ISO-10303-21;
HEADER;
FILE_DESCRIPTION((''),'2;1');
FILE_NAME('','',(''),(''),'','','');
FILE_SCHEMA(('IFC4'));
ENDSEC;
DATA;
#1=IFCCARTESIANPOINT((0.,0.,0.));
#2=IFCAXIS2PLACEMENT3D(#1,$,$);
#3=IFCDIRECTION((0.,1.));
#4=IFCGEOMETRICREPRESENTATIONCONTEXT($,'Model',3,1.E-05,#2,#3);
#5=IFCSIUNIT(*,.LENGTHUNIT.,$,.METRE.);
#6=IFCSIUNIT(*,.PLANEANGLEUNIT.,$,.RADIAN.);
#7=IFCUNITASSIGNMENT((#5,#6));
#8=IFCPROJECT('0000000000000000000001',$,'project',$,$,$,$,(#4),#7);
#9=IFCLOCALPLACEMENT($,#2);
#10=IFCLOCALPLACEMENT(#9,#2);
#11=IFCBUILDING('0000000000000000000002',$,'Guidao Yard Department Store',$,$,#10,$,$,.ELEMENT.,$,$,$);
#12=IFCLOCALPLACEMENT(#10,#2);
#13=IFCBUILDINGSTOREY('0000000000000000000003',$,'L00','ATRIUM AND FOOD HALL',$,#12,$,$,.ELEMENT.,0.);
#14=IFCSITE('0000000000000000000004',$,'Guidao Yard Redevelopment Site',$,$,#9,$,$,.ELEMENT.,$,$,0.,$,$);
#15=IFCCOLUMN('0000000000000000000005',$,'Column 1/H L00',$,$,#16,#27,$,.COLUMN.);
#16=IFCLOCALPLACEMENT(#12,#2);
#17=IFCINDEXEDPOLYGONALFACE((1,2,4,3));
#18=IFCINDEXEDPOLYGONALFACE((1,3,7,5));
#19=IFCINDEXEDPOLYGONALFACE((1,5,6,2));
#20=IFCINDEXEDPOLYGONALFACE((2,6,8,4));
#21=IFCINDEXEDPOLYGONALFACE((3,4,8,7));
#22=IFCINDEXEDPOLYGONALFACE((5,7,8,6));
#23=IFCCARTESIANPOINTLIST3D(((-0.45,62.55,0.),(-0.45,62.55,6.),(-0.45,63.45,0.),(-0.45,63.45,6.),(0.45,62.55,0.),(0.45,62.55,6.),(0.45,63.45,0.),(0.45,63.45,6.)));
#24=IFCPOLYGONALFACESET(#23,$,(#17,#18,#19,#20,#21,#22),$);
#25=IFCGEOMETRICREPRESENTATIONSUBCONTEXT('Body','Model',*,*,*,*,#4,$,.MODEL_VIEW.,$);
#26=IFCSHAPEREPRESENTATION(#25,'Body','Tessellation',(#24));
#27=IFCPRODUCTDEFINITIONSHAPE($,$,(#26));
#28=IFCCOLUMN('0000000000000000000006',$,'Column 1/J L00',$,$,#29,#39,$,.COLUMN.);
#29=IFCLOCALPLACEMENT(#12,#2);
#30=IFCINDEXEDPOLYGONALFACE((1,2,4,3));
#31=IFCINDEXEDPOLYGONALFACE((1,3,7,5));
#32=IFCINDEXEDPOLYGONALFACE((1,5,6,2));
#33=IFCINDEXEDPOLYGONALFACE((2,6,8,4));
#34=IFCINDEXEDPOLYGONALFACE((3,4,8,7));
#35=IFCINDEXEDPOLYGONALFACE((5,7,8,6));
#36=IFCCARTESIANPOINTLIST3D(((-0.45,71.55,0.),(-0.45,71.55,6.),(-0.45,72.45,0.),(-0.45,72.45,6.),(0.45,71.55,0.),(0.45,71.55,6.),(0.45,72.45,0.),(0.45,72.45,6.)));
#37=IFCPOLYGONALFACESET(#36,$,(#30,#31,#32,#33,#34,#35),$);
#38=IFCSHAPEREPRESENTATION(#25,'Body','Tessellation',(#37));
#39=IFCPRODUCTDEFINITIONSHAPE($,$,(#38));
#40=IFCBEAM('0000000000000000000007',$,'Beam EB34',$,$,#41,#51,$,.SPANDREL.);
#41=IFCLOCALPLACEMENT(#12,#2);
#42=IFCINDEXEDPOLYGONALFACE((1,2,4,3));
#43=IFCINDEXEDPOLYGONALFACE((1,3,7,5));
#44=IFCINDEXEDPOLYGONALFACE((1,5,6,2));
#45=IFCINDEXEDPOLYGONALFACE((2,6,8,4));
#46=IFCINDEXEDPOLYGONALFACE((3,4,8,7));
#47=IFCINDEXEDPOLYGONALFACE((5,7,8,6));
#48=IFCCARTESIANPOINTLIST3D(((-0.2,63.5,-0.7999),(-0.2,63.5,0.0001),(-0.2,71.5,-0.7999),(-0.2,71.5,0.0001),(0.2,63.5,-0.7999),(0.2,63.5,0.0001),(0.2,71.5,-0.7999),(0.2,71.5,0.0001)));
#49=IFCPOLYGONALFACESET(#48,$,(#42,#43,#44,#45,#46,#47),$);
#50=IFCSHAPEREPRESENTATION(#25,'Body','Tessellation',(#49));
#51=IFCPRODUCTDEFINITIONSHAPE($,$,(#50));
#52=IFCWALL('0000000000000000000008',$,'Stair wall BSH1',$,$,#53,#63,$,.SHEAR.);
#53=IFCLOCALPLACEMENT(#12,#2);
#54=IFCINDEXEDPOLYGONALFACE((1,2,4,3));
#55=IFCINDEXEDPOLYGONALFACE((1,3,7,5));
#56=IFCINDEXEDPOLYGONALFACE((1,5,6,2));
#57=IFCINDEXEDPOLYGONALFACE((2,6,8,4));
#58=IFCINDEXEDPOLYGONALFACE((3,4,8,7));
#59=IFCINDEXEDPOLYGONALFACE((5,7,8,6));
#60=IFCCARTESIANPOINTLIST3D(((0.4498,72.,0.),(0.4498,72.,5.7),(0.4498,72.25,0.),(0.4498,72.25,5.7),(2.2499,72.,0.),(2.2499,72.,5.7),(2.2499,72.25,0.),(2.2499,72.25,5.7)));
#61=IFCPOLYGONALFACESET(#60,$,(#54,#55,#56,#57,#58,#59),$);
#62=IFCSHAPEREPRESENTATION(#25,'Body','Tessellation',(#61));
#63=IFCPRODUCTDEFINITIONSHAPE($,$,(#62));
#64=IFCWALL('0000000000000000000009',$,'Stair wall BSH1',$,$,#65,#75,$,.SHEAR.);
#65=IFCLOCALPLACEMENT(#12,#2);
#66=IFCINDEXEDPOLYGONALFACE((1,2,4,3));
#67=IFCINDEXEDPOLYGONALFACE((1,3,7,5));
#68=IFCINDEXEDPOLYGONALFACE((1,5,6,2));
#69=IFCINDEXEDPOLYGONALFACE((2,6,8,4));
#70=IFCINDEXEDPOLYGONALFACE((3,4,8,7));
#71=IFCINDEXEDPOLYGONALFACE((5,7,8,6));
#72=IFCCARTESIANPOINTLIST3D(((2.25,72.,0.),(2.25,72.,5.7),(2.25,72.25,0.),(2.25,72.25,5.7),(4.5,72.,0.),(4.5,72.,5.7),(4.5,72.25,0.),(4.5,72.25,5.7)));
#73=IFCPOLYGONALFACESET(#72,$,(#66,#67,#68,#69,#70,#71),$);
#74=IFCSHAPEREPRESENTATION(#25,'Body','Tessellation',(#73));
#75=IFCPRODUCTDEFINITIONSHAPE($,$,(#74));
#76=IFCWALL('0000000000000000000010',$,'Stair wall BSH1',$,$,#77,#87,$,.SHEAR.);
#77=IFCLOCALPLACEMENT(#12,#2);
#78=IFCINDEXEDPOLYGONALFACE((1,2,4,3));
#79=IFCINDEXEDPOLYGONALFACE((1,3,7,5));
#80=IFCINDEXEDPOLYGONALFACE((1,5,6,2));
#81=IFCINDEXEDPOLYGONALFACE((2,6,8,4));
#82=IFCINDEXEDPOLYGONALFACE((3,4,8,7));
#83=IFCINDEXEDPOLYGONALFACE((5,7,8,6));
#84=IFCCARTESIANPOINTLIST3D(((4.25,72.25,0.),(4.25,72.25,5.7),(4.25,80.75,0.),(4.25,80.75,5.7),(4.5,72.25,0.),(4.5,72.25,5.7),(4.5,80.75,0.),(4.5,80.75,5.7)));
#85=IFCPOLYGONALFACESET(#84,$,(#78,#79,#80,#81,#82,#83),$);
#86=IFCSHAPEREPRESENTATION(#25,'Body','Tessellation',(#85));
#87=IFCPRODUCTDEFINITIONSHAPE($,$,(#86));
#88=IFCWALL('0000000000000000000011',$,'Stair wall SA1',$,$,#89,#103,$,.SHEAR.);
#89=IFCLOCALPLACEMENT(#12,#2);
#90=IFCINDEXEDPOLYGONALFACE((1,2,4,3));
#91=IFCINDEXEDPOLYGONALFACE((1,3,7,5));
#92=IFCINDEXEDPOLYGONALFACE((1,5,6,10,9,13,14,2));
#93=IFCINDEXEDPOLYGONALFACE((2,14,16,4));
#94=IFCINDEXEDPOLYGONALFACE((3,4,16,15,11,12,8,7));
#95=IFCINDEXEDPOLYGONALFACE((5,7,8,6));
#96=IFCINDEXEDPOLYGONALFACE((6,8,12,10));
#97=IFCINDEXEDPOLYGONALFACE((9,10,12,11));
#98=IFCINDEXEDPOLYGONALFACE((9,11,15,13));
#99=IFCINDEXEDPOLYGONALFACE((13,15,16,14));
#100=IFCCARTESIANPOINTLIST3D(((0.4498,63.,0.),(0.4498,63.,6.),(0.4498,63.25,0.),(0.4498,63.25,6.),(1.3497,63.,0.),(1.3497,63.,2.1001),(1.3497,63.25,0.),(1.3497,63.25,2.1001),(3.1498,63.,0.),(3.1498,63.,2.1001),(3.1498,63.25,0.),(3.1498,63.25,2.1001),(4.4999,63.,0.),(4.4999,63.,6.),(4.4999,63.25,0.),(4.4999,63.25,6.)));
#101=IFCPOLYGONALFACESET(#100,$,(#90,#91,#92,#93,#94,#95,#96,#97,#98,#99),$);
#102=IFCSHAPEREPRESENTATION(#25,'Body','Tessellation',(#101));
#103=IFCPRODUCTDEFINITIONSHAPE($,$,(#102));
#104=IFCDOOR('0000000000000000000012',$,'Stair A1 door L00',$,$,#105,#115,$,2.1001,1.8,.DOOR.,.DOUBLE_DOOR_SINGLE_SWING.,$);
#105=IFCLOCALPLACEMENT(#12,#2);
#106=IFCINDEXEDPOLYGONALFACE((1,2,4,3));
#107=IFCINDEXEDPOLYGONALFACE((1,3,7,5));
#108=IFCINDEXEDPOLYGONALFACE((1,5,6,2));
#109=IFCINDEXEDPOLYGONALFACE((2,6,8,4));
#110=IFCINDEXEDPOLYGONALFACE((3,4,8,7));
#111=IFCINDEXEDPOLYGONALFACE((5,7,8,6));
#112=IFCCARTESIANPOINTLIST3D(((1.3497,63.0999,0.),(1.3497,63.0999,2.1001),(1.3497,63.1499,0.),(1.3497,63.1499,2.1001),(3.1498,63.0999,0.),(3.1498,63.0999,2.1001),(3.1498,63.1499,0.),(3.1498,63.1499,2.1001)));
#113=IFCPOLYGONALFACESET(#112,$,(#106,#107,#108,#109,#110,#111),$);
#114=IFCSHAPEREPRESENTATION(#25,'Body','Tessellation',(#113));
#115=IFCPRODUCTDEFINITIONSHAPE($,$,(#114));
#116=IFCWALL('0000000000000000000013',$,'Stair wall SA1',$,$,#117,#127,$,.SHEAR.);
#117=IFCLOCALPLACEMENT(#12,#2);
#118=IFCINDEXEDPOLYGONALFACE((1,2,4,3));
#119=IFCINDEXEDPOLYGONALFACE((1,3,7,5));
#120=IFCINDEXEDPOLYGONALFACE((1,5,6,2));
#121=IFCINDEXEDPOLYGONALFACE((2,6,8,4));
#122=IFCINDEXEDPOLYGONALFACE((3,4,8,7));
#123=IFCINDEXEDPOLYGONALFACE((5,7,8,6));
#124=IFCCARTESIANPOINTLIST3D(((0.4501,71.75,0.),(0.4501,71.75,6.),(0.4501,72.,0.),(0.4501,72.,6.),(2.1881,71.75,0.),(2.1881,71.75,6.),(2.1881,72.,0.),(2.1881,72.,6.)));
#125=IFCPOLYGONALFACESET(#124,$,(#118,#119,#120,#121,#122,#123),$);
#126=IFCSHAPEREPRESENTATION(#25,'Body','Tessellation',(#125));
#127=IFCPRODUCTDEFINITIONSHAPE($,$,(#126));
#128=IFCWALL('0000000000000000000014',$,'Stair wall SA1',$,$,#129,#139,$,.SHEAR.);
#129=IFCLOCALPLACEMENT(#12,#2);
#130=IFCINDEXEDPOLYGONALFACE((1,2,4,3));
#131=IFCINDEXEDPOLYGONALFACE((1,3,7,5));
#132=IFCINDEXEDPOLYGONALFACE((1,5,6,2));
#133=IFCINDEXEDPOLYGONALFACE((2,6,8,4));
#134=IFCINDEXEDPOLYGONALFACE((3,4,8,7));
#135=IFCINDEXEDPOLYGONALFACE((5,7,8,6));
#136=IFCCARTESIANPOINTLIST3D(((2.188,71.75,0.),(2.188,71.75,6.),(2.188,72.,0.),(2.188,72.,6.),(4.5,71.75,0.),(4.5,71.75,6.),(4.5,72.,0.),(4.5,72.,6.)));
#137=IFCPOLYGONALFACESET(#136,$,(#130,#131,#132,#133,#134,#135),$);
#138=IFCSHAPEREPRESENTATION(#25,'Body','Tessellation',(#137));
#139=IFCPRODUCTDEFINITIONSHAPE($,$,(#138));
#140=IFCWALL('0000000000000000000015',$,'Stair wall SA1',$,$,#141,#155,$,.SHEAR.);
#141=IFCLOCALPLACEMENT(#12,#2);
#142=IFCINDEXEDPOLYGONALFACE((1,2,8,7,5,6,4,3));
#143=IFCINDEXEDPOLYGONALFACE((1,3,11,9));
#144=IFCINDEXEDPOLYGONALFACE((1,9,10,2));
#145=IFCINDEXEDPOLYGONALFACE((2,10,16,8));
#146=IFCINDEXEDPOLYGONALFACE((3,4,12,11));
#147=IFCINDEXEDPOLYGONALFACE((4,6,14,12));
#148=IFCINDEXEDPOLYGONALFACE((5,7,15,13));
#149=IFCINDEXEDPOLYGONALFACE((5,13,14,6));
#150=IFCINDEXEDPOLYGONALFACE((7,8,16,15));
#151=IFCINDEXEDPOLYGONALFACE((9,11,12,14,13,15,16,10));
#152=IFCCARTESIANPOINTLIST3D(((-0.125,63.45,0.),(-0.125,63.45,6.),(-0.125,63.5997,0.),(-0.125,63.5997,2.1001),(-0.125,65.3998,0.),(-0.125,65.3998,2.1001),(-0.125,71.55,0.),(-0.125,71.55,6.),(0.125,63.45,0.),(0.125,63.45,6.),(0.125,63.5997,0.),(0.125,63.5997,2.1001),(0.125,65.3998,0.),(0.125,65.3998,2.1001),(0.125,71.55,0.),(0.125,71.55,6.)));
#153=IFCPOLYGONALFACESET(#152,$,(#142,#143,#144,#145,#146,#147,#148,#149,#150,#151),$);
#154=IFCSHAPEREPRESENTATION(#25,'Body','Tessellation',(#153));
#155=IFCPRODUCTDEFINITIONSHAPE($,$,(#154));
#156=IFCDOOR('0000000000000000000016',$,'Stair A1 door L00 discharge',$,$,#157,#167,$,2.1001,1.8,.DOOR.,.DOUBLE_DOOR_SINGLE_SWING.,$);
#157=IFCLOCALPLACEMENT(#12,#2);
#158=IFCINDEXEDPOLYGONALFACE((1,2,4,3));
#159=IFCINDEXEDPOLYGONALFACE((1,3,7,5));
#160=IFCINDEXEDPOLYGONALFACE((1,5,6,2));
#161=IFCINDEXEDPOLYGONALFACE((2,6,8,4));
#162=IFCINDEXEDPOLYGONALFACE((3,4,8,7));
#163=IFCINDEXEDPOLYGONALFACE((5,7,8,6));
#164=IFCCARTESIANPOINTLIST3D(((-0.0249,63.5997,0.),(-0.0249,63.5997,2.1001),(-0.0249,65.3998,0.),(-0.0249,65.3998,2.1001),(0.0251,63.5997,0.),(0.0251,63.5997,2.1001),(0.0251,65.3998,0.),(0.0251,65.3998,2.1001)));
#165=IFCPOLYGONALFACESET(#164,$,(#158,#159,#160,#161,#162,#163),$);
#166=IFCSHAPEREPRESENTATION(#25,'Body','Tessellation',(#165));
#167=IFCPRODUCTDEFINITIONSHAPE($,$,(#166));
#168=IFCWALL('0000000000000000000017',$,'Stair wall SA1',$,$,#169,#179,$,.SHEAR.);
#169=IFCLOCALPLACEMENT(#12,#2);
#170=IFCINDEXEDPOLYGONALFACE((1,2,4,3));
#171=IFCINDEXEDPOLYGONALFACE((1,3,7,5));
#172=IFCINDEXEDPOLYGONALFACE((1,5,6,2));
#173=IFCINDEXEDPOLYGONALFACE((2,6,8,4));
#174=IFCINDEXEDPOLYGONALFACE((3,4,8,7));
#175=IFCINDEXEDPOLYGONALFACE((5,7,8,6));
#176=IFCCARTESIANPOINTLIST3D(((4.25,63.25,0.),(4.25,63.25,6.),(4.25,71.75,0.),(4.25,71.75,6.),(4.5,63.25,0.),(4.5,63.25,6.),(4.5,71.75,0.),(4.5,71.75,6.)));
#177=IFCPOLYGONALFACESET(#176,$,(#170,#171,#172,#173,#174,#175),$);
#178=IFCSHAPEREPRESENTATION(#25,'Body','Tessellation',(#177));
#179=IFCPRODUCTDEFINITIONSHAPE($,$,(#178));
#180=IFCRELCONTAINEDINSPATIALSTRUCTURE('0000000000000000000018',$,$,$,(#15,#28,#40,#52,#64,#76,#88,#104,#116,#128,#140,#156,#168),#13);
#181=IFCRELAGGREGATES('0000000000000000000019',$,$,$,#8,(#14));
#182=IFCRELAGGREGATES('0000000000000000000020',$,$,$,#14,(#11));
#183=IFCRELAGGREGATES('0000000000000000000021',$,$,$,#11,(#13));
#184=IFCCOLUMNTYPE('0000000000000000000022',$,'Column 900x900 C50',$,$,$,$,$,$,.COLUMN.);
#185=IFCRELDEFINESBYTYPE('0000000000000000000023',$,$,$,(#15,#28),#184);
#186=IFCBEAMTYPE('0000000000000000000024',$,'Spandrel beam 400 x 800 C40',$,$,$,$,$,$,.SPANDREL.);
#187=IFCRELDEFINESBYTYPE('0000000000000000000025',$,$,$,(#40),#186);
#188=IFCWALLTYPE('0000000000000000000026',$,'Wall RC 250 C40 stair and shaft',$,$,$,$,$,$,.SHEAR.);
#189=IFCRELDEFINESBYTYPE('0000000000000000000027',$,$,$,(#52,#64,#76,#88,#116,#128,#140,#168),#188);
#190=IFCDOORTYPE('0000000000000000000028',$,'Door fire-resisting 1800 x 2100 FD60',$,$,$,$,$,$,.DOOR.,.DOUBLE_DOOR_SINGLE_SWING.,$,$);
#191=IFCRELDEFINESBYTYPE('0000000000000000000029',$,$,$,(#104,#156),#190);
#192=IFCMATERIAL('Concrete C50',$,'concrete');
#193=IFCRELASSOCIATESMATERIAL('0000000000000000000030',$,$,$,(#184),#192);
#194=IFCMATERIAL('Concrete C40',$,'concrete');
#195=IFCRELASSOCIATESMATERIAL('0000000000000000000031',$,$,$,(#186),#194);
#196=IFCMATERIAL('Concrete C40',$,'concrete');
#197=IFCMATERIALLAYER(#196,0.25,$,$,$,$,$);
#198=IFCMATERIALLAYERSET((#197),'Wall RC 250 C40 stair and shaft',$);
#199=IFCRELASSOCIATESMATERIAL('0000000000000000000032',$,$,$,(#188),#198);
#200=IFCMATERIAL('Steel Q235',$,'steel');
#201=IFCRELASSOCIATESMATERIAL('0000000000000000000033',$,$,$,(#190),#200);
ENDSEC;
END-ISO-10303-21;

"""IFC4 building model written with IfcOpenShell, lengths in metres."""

from ifc_helpers import new_model, si_unit, direction, frame, frame_2d, origin, origin_2d, place, context, subcontext, project, spatial, rectangle, extrude, material, layer, layer_set, material_profile, profile_set, type_object, element, fill, save


model = new_model("IFC4")

# Units and contexts
model_context = context("Model", 3, precision=1e-05, world=origin(), true_north=direction((0.0, 1.0)))
body_context = subcontext(model_context, "Body", "Model", "MODEL_VIEW")
ifc_project = project(units=[si_unit("LENGTHUNIT", "METRE"), si_unit("PLANEANGLEUNIT", "RADIAN")], contexts=[model_context])

# Site, building, storey
site_placement = place(None, origin())
site = spatial("IfcSite", under=ifc_project, at=site_placement, Name="Guidao Yard Redevelopment Site", CompositionType="ELEMENT", RefElevation=0.0)
building_placement = place(site_placement, origin())
building = spatial("IfcBuilding", under=site, at=building_placement, Name="Guidao Yard Department Store", CompositionType="ELEMENT")
storey_placement = place(building_placement, origin())
storey = spatial("IfcBuildingStorey", under=building, at=storey_placement, Name="L00", Description="ATRIUM AND FOOD HALL", CompositionType="ELEMENT", Elevation=0.0)

# Columns
ifc_material_1 = material(Name="Concrete C50", Category="concrete")
ifc_material_profile_1 = material_profile(ifc_material_1, rectangle(XDim=0.8999, YDim=0.8999, at=origin_2d()), Name="COL 900x900")
ifc_profile_set_1 = profile_set([ifc_material_profile_1], Name="Concrete C50")
column_type = type_object("IfcColumnType", Name="Column 900x900 C50", PredefinedType="COLUMN", material=ifc_profile_set_1)
for number, where, z_axis, x_axis, name in (
    (1, (0.0, 63.0, 0.0), (0.0, 0.0, 1.0), (1.0, 0.0, 0.0), "Column 1/H L00"),
    (2, (0.0, 72.0, 0.0), (0.0, 0.0, 1.0), (1.0, 0.0, 0.0), "Column 1/J L00"),
):
    element("IfcColumn", number, at=place(storey_placement, frame(where, z_axis=z_axis, x_axis=x_axis)), inside=storey, type_object=column_type, Name=name, PredefinedType="COLUMN", context=body_context, shape_type="SweptSolid", body=[
        extrude(rectangle(XDim=0.8999, YDim=0.8999, at=origin_2d()), origin(), (0.0, 0.0, 1.0), 6.0),
    ])

# Beam
ifc_material_2 = material(Name="Concrete C40", Category="concrete")
ifc_material_profile_2 = material_profile(ifc_material_2, rectangle(XDim=0.3999, YDim=0.8, at=origin_2d()), Name="Spandrel beam 400 x 800 C40")
ifc_profile_set_2 = profile_set([ifc_material_profile_2], Name="Concrete C40")
beam_type = type_object("IfcBeamType", Name="Spandrel beam 400 x 800 C40", PredefinedType="SPANDREL", material=ifc_profile_set_2)
beam_placement = place(storey_placement, frame((0.0, 63.5, -0.3999), z_axis=(0.0, 1.0, 0.0), x_axis=(-1.0, 0.0, 0.0)))
element("IfcBeam", 3, at=beam_placement, inside=storey, type_object=beam_type, Name="Beam EB34", PredefinedType="SPANDREL", context=body_context, shape_type="SweptSolid", body=[
    extrude(rectangle(XDim=0.3999, YDim=0.8, at=origin_2d()), origin(), (0.0, 0.0, 1.0), 8.0),
])

# Walls
ifc_material_3 = material(Name="Concrete C40", Category="concrete")
ifc_layer_1 = layer(ifc_material_3, 0.25)
ifc_layer_set_1 = layer_set([ifc_layer_1], Name="Wall RC 250 C40 stair and shaft")
wall_type = type_object("IfcWallType", Name="Wall RC 250 C40 stair and shaft", PredefinedType="SHEAR", material=ifc_layer_set_1)
wall_1_placement = place(storey_placement, frame((0.45, 72.125, 0.0), z_axis=(0.0, 0.0, 1.0), x_axis=(1.0, 0.0, 0.0)))
element("IfcWall", 4, at=wall_1_placement, inside=storey, type_object=wall_type, Name="Stair wall BSH1", PredefinedType="SHEAR", context=body_context, shape_type="SweptSolid", body=[
    extrude(rectangle(XDim=1.8, YDim=0.25, at=frame_2d((0.8999, 0.0))), origin(), (0.0, 0.0, 1.0), 5.7),
])
wall_2_placement = place(storey_placement, frame((2.25, 72.125, 0.0), z_axis=(0.0, 0.0, 1.0), x_axis=(1.0, 0.0, 0.0)))
element("IfcWall", 5, at=wall_2_placement, inside=storey, type_object=wall_type, Name="Stair wall BSH1", PredefinedType="SHEAR", context=body_context, shape_type="SweptSolid", body=[
    extrude(rectangle(XDim=2.25, YDim=0.25, at=frame_2d((1.125, 0.0))), origin(), (0.0, 0.0, 1.0), 5.7),
])
wall_3_placement = place(storey_placement, frame((4.375, 72.25, 0.0), z_axis=(0.0, 0.0, 1.0), x_axis=(0.0, 1.0, 0.0)))
element("IfcWall", 6, at=wall_3_placement, inside=storey, type_object=wall_type, Name="Stair wall BSH1", PredefinedType="SHEAR", context=body_context, shape_type="SweptSolid", body=[
    extrude(rectangle(XDim=8.5, YDim=0.25, at=frame_2d((4.25, 0.0))), origin(), (0.0, 0.0, 1.0), 5.7),
])

# Wall, opening, door
wall_4_placement = place(storey_placement, frame((0.45, 63.125, 0.0), z_axis=(0.0, 0.0, 1.0), x_axis=(1.0, 0.0, 0.0)))
wall_4 = element("IfcWall", 7, at=wall_4_placement, inside=storey, type_object=wall_type, Name="Stair wall SA1", PredefinedType="SHEAR", context=body_context, shape_type="SweptSolid", body=[
    extrude(rectangle(XDim=4.05, YDim=0.25, at=frame_2d((2.0249, 0.0))), origin(), (0.0, 0.0, 1.0), 6.0),
])
opening_1_placement = place(wall_4_placement, frame((0.8999, 0.0, 0.0)))
opening_1 = element("IfcOpeningElement", 8, at=opening_1_placement, cuts=wall_4, PredefinedType="OPENING", context=body_context, shape_type="SweptSolid", body=[
    extrude(rectangle(XDim=1.8, YDim=2.1001, at=frame_2d((0.8999, 1.05))), frame((0.0, 0.135, 0.0), z_axis=(0.0, -1.0, 0.0), x_axis=(1.0, 0.0, 0.0)), (0.0, 0.0, 1.0), 0.27),
])
ifc_material_4 = material(Name="Steel Q235", Category="steel")
door_type = type_object("IfcDoorType", Name="Door fire-resisting 1800 x 2100 FD60", OperationType="DOUBLE_DOOR_SINGLE_SWING", PredefinedType="DOOR", material=ifc_material_4)
door_1_placement = place(opening_1_placement, origin())
door_1 = element("IfcDoor", 9, at=door_1_placement, inside=storey, type_object=door_type, Name="Stair A1 door L00", OperationType="DOUBLE_DOOR_SINGLE_SWING", OverallHeight=2.1001, OverallWidth=1.8, PredefinedType="DOOR", context=body_context, shape_type="SweptSolid", body=[
    extrude(rectangle(XDim=1.8, YDim=2.1001, at=frame_2d((0.8999, 1.05))), frame((0.0, 0.0249, 0.0), z_axis=(0.0, -1.0, 0.0), x_axis=(1.0, 0.0, 0.0)), (0.0, 0.0, 1.0), 0.05),
])
fill(opening_1, door_1)

# Walls
wall_5_placement = place(storey_placement, frame((0.45, 71.875, 0.0), z_axis=(0.0, 0.0, 1.0), x_axis=(1.0, 0.0, 0.0)))
element("IfcWall", 10, at=wall_5_placement, inside=storey, type_object=wall_type, Name="Stair wall SA1", PredefinedType="SHEAR", context=body_context, shape_type="SweptSolid", body=[
    extrude(rectangle(XDim=1.738, YDim=0.25, at=frame_2d((0.8691, 0.0))), origin(), (0.0, 0.0, 1.0), 6.0),
])
wall_6_placement = place(storey_placement, frame((2.188, 71.875, 0.0), z_axis=(0.0, 0.0, 1.0), x_axis=(1.0, 0.0, 0.0)))
element("IfcWall", 11, at=wall_6_placement, inside=storey, type_object=wall_type, Name="Stair wall SA1", PredefinedType="SHEAR", context=body_context, shape_type="SweptSolid", body=[
    extrude(rectangle(XDim=2.312, YDim=0.25, at=frame_2d((1.156, 0.0))), origin(), (0.0, 0.0, 1.0), 6.0),
])

# Wall, opening, door
wall_7_placement = place(storey_placement, frame((0.0, 63.45, 0.0), z_axis=(0.0, 0.0, 1.0), x_axis=(0.0, 1.0, 0.0)))
wall_7 = element("IfcWall", 12, at=wall_7_placement, inside=storey, type_object=wall_type, Name="Stair wall SA1", PredefinedType="SHEAR", context=body_context, shape_type="SweptSolid", body=[
    extrude(rectangle(XDim=8.1001, YDim=0.25, at=frame_2d((4.05, 0.0))), origin(), (0.0, 0.0, 1.0), 6.0),
])
opening_2_placement = place(wall_7_placement, frame((0.1499, 0.0, 0.0)))
opening_2 = element("IfcOpeningElement", 13, at=opening_2_placement, cuts=wall_7, PredefinedType="OPENING", context=body_context, shape_type="SweptSolid", body=[
    extrude(rectangle(XDim=1.8, YDim=2.1001, at=frame_2d((0.8999, 1.05))), frame((0.0, 0.135, 0.0), z_axis=(0.0, -1.0, 0.0), x_axis=(1.0, 0.0, 0.0)), (0.0, 0.0, 1.0), 0.27),
])
door_2_placement = place(opening_2_placement, origin())
door_2 = element("IfcDoor", 14, at=door_2_placement, inside=storey, type_object=door_type, Name="Stair A1 door L00 discharge", OperationType="DOUBLE_DOOR_SINGLE_SWING", OverallHeight=2.1001, OverallWidth=1.8, PredefinedType="DOOR", context=body_context, shape_type="SweptSolid", body=[
    extrude(rectangle(XDim=1.8, YDim=2.1001, at=frame_2d((0.8999, 1.05))), frame((0.0, 0.0249, 0.0), z_axis=(0.0, -1.0, 0.0), x_axis=(1.0, 0.0, 0.0)), (0.0, 0.0, 1.0), 0.05),
])
fill(opening_2, door_2)

# Wall
wall_8_placement = place(storey_placement, frame((4.375, 63.25, 0.0), z_axis=(0.0, 0.0, 1.0), x_axis=(0.0, 1.0, 0.0)))
element("IfcWall", 15, at=wall_8_placement, inside=storey, type_object=wall_type, Name="Stair wall SA1", PredefinedType="SHEAR", context=body_context, shape_type="SweptSolid", body=[
    extrude(rectangle(XDim=8.5, YDim=0.25, at=frame_2d((4.25, 0.0))), origin(), (0.0, 0.0, 1.0), 6.0),
])

save(model, "model.ifc")
